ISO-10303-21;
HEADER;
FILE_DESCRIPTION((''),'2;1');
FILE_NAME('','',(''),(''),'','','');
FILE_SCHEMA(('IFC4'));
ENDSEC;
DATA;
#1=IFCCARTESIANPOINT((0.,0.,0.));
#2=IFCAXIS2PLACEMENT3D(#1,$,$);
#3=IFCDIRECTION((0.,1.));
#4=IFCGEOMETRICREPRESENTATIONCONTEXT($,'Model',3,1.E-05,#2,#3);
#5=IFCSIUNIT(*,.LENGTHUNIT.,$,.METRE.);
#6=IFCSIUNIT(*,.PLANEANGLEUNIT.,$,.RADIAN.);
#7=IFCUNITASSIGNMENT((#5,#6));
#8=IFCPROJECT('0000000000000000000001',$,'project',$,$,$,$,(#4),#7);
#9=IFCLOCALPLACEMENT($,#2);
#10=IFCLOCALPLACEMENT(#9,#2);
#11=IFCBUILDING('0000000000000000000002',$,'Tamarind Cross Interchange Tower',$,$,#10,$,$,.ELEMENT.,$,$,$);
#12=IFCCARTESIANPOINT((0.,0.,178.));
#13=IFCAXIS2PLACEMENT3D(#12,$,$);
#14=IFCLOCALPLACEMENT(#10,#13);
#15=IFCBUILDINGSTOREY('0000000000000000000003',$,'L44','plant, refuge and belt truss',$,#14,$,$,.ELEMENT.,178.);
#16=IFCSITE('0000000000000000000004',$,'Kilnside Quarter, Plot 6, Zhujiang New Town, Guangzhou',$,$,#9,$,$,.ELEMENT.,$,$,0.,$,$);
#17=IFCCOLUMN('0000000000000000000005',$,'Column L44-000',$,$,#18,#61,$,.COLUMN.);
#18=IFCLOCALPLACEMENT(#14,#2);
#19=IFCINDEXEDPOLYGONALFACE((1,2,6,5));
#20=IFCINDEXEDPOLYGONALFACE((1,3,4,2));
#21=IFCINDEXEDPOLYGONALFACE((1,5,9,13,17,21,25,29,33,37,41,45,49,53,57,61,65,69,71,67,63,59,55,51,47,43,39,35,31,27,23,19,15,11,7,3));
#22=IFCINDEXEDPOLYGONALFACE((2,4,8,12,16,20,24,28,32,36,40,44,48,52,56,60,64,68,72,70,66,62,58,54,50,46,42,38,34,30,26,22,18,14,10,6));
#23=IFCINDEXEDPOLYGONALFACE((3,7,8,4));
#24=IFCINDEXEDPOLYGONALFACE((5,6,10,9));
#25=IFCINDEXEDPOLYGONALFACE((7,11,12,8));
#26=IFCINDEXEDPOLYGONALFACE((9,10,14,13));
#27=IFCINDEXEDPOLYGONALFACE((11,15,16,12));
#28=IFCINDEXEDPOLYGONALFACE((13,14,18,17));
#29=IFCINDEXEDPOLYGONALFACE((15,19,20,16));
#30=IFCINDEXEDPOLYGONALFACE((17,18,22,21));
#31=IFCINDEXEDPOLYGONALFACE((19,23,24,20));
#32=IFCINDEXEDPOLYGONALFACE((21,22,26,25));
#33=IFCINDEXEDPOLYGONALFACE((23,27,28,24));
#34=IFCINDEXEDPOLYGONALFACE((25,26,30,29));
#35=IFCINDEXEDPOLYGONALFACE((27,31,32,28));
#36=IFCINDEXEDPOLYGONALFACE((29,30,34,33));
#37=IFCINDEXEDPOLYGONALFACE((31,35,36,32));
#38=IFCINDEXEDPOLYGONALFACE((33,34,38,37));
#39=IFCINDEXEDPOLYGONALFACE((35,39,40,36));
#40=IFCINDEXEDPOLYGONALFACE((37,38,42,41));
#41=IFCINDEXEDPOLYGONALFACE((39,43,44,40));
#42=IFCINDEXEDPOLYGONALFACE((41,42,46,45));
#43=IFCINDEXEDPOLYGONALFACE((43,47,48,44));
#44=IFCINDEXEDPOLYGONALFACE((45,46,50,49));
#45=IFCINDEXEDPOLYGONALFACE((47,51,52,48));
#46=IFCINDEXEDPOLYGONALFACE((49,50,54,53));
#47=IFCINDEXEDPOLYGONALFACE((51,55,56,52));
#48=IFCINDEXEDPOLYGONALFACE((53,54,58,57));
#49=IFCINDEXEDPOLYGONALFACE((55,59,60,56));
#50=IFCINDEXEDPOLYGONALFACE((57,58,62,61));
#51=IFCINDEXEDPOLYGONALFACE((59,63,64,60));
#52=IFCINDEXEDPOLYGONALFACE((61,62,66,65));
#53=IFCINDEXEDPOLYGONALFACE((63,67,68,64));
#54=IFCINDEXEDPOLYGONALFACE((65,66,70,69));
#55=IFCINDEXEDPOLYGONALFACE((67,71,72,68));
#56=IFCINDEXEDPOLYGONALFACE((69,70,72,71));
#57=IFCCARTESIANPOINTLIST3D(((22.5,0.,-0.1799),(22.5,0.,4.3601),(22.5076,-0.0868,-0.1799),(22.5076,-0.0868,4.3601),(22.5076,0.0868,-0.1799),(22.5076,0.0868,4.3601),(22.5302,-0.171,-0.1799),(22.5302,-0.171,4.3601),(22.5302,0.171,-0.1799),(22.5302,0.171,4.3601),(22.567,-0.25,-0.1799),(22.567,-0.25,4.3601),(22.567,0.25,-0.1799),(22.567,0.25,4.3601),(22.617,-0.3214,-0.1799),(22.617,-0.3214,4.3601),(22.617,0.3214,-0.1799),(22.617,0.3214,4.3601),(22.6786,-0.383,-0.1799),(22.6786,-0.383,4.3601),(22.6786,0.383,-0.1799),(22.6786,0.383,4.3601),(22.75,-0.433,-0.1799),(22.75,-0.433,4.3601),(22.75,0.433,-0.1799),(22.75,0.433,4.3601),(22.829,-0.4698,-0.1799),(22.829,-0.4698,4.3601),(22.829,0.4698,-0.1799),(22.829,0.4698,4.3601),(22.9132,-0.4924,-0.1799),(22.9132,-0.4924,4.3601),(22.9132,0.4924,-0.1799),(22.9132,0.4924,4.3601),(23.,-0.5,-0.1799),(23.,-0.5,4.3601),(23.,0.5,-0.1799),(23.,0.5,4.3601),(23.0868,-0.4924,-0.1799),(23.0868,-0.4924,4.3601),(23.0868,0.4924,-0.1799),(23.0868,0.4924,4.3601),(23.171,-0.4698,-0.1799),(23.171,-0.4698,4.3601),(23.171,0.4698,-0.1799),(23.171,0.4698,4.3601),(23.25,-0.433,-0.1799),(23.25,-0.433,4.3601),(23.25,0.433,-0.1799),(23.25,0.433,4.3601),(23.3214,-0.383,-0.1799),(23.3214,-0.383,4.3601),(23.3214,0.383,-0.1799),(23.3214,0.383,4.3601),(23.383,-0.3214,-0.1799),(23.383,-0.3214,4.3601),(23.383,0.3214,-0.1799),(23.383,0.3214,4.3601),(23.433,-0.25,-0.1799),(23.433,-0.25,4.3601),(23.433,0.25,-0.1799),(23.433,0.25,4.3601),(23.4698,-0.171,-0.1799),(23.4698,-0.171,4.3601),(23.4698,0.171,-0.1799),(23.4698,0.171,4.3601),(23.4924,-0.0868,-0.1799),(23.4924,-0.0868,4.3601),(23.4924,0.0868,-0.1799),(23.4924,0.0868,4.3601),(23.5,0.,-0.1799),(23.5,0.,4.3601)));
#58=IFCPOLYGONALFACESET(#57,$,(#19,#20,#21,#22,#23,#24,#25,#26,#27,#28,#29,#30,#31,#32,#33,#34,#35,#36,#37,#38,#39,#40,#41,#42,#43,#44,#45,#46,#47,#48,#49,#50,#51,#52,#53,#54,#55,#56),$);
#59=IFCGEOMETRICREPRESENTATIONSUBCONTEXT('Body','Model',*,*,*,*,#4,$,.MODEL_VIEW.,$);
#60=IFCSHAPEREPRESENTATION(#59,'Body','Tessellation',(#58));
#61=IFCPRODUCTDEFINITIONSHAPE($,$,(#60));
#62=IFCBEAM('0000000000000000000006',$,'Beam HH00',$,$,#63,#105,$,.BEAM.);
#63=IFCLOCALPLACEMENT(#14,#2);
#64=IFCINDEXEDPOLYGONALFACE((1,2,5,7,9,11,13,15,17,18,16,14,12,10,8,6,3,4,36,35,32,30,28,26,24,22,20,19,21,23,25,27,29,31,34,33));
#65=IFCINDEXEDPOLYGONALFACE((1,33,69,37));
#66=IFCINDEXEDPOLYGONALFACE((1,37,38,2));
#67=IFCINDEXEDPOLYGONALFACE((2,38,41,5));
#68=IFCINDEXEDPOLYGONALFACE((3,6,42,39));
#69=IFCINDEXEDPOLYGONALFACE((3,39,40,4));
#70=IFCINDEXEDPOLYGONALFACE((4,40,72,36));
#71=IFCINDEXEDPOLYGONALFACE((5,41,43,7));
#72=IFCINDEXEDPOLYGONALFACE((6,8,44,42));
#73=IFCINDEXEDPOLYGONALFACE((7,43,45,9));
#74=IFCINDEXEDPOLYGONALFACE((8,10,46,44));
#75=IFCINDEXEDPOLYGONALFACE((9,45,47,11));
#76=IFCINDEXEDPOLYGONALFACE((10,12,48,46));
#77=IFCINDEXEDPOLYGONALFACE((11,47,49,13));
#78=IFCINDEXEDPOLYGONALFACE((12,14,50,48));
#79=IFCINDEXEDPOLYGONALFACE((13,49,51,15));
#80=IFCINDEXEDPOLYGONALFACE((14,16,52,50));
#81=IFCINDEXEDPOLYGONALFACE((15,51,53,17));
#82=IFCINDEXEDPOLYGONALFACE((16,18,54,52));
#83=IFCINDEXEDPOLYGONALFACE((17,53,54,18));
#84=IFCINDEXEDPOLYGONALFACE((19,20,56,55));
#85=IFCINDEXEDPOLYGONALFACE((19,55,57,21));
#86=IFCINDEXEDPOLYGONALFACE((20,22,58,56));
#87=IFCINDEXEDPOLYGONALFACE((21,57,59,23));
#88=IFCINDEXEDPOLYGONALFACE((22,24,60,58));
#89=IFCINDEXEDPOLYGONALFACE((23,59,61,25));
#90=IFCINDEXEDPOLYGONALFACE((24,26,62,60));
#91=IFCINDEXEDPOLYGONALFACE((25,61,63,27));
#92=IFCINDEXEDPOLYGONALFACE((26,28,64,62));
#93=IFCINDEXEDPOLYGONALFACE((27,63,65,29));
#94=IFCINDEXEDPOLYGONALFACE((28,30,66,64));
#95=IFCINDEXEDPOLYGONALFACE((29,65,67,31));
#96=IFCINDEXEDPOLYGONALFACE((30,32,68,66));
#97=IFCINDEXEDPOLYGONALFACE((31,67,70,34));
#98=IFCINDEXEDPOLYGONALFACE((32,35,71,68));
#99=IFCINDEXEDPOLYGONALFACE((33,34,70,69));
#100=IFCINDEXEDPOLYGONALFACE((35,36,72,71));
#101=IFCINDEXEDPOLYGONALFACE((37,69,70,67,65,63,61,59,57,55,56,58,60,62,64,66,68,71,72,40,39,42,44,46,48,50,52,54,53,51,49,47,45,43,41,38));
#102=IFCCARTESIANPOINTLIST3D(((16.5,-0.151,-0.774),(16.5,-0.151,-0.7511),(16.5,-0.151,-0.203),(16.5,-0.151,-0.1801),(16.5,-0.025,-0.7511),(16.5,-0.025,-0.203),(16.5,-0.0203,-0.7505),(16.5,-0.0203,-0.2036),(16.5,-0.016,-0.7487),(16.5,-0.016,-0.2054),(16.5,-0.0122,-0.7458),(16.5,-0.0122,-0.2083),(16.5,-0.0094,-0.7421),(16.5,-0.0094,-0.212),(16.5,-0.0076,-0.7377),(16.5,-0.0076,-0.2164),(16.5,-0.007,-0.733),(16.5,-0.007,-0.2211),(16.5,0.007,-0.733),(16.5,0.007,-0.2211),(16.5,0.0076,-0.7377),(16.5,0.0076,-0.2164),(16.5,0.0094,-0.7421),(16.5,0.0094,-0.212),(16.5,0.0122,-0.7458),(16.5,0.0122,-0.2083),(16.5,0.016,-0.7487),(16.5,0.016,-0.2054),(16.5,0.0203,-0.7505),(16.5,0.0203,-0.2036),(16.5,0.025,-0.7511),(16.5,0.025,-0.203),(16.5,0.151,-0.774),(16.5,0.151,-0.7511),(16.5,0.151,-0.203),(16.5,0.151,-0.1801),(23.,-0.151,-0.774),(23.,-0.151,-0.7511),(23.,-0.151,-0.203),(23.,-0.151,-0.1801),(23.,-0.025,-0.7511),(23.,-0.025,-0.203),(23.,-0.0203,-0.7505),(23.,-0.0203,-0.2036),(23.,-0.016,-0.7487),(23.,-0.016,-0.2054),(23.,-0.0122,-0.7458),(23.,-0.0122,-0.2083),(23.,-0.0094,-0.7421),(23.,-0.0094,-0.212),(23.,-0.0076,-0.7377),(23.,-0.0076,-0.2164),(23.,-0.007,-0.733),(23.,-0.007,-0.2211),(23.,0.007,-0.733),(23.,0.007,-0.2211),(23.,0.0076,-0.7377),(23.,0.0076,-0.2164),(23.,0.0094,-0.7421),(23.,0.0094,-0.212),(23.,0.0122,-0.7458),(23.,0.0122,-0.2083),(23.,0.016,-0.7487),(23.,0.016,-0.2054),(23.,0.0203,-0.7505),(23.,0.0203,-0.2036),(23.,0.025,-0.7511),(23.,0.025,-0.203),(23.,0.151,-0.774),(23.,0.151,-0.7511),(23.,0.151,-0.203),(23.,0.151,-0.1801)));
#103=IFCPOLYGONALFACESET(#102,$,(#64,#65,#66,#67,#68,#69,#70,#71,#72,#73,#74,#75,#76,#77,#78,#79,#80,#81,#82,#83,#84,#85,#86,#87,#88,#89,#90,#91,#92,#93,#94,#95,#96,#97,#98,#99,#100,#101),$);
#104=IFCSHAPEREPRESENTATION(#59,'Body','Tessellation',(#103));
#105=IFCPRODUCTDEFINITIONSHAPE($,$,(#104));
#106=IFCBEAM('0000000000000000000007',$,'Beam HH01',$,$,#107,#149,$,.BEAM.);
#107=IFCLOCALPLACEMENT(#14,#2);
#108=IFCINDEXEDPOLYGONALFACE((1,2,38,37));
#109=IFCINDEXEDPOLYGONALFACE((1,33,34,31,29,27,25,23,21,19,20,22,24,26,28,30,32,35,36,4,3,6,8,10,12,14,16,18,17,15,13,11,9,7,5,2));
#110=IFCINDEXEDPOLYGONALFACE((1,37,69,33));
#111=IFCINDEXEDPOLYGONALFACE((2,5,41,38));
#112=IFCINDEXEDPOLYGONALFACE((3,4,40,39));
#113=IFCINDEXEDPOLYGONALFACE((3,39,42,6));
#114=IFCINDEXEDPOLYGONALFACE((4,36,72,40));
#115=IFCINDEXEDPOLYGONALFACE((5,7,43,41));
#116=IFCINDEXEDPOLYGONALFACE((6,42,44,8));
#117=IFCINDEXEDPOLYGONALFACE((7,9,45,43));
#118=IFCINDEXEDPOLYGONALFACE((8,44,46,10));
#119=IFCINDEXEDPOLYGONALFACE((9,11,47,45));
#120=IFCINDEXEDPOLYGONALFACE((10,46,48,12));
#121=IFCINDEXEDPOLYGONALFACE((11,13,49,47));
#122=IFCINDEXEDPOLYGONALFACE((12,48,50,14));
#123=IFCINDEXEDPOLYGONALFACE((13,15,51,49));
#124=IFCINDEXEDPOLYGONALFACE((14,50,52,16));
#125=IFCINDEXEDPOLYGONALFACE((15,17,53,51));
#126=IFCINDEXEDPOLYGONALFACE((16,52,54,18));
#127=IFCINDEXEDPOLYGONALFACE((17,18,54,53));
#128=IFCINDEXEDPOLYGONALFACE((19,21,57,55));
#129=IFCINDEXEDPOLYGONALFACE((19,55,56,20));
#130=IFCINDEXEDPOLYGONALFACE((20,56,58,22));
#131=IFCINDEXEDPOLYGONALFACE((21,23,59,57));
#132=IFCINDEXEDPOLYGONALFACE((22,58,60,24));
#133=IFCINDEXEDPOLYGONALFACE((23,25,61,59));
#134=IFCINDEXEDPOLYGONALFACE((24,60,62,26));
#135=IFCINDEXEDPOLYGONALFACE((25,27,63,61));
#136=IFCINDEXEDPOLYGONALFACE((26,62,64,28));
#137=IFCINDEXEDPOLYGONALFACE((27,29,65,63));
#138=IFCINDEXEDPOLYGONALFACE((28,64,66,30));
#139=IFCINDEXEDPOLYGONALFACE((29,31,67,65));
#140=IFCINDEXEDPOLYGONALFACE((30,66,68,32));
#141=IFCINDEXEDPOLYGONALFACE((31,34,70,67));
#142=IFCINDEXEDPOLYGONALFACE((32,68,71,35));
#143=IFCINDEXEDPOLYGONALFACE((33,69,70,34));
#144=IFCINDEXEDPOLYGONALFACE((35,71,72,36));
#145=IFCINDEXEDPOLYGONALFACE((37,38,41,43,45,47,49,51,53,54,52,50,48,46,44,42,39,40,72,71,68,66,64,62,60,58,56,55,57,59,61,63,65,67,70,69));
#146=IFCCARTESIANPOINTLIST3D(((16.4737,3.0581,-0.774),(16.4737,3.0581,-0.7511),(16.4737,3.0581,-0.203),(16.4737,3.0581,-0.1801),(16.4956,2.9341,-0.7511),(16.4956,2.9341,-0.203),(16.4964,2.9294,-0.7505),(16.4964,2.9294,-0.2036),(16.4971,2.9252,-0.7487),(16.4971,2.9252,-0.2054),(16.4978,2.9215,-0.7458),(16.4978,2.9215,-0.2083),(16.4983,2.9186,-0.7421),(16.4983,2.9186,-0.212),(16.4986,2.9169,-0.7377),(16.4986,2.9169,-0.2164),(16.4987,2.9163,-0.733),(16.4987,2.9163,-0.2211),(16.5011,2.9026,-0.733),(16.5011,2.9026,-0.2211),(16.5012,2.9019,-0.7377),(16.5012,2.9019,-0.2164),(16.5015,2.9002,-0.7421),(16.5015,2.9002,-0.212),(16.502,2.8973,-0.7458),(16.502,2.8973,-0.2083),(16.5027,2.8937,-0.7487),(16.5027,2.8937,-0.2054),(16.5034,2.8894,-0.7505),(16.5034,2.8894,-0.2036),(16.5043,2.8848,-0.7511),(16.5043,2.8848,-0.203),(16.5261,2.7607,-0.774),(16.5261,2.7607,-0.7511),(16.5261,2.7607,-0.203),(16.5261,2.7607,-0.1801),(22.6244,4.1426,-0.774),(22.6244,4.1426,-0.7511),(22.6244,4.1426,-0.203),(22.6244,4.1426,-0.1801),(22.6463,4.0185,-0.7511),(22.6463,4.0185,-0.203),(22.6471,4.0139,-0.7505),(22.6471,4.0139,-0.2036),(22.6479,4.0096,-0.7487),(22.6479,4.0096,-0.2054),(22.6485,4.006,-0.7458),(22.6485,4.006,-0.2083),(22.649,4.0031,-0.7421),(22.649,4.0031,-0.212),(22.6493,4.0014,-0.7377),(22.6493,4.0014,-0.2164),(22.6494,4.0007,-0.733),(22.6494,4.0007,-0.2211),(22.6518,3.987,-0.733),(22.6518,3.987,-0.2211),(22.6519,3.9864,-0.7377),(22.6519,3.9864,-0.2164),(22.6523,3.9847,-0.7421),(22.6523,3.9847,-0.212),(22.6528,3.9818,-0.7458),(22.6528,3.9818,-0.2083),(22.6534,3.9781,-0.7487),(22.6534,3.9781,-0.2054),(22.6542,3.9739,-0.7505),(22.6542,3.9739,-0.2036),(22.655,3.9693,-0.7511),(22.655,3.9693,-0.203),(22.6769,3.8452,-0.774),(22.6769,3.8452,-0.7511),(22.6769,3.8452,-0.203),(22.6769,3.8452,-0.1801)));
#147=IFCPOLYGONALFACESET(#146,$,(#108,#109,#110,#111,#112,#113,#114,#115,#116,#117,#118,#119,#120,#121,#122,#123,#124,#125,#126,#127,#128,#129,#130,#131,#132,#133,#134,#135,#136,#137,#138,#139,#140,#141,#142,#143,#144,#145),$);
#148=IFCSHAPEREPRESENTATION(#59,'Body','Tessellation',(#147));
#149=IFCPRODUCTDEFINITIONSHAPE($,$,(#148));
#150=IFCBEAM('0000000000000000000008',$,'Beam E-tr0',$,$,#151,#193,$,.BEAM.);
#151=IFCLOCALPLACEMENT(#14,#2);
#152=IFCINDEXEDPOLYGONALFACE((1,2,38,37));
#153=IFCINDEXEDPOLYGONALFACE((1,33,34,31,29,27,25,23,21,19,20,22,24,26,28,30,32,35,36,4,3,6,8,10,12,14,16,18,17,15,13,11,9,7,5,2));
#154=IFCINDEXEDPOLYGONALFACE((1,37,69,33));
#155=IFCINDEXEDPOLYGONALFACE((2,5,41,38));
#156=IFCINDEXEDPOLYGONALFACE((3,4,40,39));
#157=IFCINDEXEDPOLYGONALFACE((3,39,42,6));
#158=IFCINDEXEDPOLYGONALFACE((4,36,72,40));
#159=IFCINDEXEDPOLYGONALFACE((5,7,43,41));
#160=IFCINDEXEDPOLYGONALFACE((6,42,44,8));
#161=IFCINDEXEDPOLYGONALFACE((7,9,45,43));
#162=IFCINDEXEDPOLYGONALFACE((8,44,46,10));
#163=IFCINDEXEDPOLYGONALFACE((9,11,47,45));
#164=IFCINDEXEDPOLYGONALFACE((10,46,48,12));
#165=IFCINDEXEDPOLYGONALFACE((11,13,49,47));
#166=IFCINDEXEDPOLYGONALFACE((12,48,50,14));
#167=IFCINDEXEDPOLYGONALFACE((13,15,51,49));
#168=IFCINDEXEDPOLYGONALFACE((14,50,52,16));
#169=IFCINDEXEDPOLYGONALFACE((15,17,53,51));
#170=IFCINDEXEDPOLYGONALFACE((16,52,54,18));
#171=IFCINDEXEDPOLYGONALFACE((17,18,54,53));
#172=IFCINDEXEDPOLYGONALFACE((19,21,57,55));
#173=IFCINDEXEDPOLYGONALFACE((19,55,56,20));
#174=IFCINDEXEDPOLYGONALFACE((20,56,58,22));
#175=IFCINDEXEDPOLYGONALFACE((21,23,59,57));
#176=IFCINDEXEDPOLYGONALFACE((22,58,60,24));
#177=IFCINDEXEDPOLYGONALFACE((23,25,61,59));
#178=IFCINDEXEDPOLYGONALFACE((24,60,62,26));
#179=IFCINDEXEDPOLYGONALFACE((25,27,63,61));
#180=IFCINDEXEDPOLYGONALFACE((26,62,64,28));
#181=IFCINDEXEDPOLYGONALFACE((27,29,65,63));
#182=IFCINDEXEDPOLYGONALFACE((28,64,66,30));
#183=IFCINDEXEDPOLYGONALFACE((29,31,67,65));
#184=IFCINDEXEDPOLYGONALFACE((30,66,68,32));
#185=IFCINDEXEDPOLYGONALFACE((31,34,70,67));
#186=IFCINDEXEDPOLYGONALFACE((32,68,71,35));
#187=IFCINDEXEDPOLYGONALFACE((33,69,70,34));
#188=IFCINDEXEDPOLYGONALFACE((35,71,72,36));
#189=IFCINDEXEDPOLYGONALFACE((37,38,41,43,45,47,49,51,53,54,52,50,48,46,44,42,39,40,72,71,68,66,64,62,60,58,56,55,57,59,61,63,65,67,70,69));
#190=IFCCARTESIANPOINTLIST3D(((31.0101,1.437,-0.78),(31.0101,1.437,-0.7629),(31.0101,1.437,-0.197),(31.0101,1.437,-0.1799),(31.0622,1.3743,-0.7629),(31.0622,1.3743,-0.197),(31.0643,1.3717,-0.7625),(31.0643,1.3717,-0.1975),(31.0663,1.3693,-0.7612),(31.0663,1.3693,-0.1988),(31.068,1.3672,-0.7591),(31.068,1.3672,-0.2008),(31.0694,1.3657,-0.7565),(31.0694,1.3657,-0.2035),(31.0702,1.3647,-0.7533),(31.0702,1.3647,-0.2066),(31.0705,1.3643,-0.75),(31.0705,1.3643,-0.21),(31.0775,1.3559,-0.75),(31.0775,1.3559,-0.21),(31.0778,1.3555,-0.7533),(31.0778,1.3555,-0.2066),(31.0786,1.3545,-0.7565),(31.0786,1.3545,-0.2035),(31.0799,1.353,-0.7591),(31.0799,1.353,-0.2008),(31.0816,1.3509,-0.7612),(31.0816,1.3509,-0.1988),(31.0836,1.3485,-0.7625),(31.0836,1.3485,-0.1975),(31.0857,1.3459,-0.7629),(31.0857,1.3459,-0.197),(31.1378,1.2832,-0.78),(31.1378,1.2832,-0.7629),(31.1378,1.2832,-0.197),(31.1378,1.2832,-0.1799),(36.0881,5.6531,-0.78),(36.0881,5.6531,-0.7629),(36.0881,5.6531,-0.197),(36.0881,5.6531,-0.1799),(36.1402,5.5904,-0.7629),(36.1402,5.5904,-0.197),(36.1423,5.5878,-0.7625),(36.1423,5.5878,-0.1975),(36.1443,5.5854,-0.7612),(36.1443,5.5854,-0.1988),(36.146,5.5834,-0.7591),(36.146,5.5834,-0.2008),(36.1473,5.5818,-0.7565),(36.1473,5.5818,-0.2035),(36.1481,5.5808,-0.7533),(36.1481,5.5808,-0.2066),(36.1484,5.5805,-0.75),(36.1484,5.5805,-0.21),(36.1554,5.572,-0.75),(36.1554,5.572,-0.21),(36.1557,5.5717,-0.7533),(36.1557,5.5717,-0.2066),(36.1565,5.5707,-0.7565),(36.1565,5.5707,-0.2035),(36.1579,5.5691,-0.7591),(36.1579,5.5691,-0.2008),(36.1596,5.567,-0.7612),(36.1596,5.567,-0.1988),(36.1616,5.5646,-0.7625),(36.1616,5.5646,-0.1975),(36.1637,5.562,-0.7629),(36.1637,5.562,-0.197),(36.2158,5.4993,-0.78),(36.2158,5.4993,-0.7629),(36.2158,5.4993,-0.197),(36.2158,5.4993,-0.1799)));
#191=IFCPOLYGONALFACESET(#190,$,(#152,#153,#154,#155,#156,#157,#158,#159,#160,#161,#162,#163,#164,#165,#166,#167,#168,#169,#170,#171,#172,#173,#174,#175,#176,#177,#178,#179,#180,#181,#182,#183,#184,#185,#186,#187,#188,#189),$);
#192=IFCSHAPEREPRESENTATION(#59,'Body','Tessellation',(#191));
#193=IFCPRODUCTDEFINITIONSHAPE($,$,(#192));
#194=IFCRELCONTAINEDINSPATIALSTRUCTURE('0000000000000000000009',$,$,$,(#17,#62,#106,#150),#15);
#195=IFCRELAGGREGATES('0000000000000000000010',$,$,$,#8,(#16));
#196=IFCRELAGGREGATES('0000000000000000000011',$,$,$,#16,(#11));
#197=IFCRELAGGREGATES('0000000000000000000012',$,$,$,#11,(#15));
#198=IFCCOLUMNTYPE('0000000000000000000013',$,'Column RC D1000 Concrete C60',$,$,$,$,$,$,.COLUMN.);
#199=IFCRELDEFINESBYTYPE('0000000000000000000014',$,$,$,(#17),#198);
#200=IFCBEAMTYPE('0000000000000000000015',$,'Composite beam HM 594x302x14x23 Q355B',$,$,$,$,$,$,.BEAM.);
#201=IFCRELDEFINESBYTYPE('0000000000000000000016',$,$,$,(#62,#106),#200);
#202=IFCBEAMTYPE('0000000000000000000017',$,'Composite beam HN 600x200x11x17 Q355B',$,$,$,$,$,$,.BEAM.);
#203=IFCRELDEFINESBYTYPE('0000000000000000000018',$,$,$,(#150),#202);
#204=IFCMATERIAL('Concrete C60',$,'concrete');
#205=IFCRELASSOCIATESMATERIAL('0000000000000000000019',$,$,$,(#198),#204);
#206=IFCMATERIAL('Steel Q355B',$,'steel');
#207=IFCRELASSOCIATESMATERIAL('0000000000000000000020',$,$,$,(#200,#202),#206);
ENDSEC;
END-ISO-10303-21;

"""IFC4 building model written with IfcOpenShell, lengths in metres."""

from ifc_helpers import new_model, si_unit, direction, frame, origin, origin_2d, place, context, subcontext, project, spatial, circle, i_section, extrude, material, material_profile, profile_set, type_object, element, save


model = new_model("IFC4")

# Units and contexts
model_context = context("Model", 3, precision=1e-05, world=origin(), true_north=direction((0.0, 1.0)))
body_context = subcontext(model_context, "Body", "Model", "MODEL_VIEW")
ifc_project = project(units=[si_unit("LENGTHUNIT", "METRE"), si_unit("PLANEANGLEUNIT", "RADIAN")], contexts=[model_context])

# Site, building, storey
site_placement = place(None, origin())
site = spatial("IfcSite", under=ifc_project, at=site_placement, Name="Kilnside Quarter, Plot 6, Zhujiang New Town, Guangzhou", CompositionType="ELEMENT", RefElevation=0.0)
building_placement = place(site_placement, origin())
building = spatial("IfcBuilding", under=site, at=building_placement, Name="Tamarind Cross Interchange Tower", CompositionType="ELEMENT")
storey_placement = place(building_placement, frame((0.0, 0.0, 178.0)))
storey = spatial("IfcBuildingStorey", under=building, at=storey_placement, Name="L44", Description="plant, refuge and belt truss", CompositionType="ELEMENT", Elevation=178.0)

# Column
ifc_material_1 = material(Name="Concrete C60", Category="concrete")
ifc_material_profile_1 = material_profile(ifc_material_1, circle(Radius=0.5, at=origin_2d()), Name="RC D1000")
ifc_profile_set_1 = profile_set([ifc_material_profile_1], Name="Concrete C60")
column_type = type_object("IfcColumnType", Name="Column RC D1000 Concrete C60", PredefinedType="COLUMN", material=ifc_profile_set_1)
column_placement = place(storey_placement, frame((23.0, 0.0, -0.1799), z_axis=(0.0, 0.0, 1.0), x_axis=(1.0, 0.0, 0.0)))
element("IfcColumn", 1, at=column_placement, inside=storey, type_object=column_type, Name="Column L44-000", PredefinedType="COLUMN", context=body_context, shape_type="SweptSolid", body=[
    extrude(circle(Radius=0.5, at=origin_2d()), origin(), (0.0, 0.0, 1.0), 4.54),
])

# Beams
ifc_material_2 = material(Name="Steel Q355B", Category="steel")
ifc_material_profile_2 = material_profile(ifc_material_2, i_section(OverallWidth=0.302, OverallDepth=0.594, WebThickness=0.0139, FlangeThickness=0.0229, FilletRadius=0.0181, at=origin_2d()), Name="HM 594x302x14x23")
ifc_profile_set_2 = profile_set([ifc_material_profile_2], Name="Steel Q355B")
beam_type_1 = type_object("IfcBeamType", Name="Composite beam HM 594x302x14x23 Q355B", PredefinedType="BEAM", material=ifc_profile_set_2)
beam_1_placement = place(storey_placement, frame((23.0, 0.0, -0.4771), z_axis=(-1.0, 0.0, 0.0), x_axis=(0.0, -1.0, 0.0)))
element("IfcBeam", 2, at=beam_1_placement, inside=storey, type_object=beam_type_1, Name="Beam HH00", PredefinedType="BEAM", context=body_context, shape_type="SweptSolid", body=[
    extrude(i_section(OverallWidth=0.302, OverallDepth=0.594, WebThickness=0.0139, FlangeThickness=0.0229, FilletRadius=0.0181, at=origin_2d()), origin(), (0.0, 0.0, 1.0), 6.5),
])
beam_2_placement = place(storey_placement, frame((22.6506, 3.9939, -0.4771), z_axis=(-0.984809, -0.17364, 0.0), x_axis=(0.17364, -0.984809, 0.0)))
element("IfcBeam", 3, at=beam_2_placement, inside=storey, type_object=beam_type_1, Name="Beam HH01", PredefinedType="BEAM", context=body_context, shape_type="SweptSolid", body=[
    extrude(i_section(OverallWidth=0.302, OverallDepth=0.594, WebThickness=0.0139, FlangeThickness=0.0229, FilletRadius=0.0181, at=origin_2d()), origin(), (0.0, 0.0, 1.0), 6.2456),
])
ifc_material_profile_3 = material_profile(ifc_material_2, i_section(OverallWidth=0.2, OverallDepth=0.6001, WebThickness=0.011, FlangeThickness=0.0171, FilletRadius=0.0129, at=origin_2d()), Name="HN 600x200x11x17")
ifc_profile_set_3 = profile_set([ifc_material_profile_3], Name="Steel Q355B")
beam_type_2 = type_object("IfcBeamType", Name="Composite beam HN 600x200x11x17 Q355B", PredefinedType="BEAM", material=ifc_profile_set_3)
beam_3_placement = place(storey_placement, frame((31.074, 1.3601, -0.48), z_axis=(0.769375, 0.638797, 0.0), x_axis=(-0.638797, 0.769375, 0.0)))
element("IfcBeam", 4, at=beam_3_placement, inside=storey, type_object=beam_type_2, Name="Beam E-tr0", PredefinedType="BEAM", context=body_context, shape_type="SweptSolid", body=[
    extrude(i_section(OverallWidth=0.2, OverallDepth=0.6001, WebThickness=0.011, FlangeThickness=0.0171, FilletRadius=0.0129, at=origin_2d()), origin(), (0.0, 0.0, 1.0), 6.6001),
])

save(model, "model.ifc")
